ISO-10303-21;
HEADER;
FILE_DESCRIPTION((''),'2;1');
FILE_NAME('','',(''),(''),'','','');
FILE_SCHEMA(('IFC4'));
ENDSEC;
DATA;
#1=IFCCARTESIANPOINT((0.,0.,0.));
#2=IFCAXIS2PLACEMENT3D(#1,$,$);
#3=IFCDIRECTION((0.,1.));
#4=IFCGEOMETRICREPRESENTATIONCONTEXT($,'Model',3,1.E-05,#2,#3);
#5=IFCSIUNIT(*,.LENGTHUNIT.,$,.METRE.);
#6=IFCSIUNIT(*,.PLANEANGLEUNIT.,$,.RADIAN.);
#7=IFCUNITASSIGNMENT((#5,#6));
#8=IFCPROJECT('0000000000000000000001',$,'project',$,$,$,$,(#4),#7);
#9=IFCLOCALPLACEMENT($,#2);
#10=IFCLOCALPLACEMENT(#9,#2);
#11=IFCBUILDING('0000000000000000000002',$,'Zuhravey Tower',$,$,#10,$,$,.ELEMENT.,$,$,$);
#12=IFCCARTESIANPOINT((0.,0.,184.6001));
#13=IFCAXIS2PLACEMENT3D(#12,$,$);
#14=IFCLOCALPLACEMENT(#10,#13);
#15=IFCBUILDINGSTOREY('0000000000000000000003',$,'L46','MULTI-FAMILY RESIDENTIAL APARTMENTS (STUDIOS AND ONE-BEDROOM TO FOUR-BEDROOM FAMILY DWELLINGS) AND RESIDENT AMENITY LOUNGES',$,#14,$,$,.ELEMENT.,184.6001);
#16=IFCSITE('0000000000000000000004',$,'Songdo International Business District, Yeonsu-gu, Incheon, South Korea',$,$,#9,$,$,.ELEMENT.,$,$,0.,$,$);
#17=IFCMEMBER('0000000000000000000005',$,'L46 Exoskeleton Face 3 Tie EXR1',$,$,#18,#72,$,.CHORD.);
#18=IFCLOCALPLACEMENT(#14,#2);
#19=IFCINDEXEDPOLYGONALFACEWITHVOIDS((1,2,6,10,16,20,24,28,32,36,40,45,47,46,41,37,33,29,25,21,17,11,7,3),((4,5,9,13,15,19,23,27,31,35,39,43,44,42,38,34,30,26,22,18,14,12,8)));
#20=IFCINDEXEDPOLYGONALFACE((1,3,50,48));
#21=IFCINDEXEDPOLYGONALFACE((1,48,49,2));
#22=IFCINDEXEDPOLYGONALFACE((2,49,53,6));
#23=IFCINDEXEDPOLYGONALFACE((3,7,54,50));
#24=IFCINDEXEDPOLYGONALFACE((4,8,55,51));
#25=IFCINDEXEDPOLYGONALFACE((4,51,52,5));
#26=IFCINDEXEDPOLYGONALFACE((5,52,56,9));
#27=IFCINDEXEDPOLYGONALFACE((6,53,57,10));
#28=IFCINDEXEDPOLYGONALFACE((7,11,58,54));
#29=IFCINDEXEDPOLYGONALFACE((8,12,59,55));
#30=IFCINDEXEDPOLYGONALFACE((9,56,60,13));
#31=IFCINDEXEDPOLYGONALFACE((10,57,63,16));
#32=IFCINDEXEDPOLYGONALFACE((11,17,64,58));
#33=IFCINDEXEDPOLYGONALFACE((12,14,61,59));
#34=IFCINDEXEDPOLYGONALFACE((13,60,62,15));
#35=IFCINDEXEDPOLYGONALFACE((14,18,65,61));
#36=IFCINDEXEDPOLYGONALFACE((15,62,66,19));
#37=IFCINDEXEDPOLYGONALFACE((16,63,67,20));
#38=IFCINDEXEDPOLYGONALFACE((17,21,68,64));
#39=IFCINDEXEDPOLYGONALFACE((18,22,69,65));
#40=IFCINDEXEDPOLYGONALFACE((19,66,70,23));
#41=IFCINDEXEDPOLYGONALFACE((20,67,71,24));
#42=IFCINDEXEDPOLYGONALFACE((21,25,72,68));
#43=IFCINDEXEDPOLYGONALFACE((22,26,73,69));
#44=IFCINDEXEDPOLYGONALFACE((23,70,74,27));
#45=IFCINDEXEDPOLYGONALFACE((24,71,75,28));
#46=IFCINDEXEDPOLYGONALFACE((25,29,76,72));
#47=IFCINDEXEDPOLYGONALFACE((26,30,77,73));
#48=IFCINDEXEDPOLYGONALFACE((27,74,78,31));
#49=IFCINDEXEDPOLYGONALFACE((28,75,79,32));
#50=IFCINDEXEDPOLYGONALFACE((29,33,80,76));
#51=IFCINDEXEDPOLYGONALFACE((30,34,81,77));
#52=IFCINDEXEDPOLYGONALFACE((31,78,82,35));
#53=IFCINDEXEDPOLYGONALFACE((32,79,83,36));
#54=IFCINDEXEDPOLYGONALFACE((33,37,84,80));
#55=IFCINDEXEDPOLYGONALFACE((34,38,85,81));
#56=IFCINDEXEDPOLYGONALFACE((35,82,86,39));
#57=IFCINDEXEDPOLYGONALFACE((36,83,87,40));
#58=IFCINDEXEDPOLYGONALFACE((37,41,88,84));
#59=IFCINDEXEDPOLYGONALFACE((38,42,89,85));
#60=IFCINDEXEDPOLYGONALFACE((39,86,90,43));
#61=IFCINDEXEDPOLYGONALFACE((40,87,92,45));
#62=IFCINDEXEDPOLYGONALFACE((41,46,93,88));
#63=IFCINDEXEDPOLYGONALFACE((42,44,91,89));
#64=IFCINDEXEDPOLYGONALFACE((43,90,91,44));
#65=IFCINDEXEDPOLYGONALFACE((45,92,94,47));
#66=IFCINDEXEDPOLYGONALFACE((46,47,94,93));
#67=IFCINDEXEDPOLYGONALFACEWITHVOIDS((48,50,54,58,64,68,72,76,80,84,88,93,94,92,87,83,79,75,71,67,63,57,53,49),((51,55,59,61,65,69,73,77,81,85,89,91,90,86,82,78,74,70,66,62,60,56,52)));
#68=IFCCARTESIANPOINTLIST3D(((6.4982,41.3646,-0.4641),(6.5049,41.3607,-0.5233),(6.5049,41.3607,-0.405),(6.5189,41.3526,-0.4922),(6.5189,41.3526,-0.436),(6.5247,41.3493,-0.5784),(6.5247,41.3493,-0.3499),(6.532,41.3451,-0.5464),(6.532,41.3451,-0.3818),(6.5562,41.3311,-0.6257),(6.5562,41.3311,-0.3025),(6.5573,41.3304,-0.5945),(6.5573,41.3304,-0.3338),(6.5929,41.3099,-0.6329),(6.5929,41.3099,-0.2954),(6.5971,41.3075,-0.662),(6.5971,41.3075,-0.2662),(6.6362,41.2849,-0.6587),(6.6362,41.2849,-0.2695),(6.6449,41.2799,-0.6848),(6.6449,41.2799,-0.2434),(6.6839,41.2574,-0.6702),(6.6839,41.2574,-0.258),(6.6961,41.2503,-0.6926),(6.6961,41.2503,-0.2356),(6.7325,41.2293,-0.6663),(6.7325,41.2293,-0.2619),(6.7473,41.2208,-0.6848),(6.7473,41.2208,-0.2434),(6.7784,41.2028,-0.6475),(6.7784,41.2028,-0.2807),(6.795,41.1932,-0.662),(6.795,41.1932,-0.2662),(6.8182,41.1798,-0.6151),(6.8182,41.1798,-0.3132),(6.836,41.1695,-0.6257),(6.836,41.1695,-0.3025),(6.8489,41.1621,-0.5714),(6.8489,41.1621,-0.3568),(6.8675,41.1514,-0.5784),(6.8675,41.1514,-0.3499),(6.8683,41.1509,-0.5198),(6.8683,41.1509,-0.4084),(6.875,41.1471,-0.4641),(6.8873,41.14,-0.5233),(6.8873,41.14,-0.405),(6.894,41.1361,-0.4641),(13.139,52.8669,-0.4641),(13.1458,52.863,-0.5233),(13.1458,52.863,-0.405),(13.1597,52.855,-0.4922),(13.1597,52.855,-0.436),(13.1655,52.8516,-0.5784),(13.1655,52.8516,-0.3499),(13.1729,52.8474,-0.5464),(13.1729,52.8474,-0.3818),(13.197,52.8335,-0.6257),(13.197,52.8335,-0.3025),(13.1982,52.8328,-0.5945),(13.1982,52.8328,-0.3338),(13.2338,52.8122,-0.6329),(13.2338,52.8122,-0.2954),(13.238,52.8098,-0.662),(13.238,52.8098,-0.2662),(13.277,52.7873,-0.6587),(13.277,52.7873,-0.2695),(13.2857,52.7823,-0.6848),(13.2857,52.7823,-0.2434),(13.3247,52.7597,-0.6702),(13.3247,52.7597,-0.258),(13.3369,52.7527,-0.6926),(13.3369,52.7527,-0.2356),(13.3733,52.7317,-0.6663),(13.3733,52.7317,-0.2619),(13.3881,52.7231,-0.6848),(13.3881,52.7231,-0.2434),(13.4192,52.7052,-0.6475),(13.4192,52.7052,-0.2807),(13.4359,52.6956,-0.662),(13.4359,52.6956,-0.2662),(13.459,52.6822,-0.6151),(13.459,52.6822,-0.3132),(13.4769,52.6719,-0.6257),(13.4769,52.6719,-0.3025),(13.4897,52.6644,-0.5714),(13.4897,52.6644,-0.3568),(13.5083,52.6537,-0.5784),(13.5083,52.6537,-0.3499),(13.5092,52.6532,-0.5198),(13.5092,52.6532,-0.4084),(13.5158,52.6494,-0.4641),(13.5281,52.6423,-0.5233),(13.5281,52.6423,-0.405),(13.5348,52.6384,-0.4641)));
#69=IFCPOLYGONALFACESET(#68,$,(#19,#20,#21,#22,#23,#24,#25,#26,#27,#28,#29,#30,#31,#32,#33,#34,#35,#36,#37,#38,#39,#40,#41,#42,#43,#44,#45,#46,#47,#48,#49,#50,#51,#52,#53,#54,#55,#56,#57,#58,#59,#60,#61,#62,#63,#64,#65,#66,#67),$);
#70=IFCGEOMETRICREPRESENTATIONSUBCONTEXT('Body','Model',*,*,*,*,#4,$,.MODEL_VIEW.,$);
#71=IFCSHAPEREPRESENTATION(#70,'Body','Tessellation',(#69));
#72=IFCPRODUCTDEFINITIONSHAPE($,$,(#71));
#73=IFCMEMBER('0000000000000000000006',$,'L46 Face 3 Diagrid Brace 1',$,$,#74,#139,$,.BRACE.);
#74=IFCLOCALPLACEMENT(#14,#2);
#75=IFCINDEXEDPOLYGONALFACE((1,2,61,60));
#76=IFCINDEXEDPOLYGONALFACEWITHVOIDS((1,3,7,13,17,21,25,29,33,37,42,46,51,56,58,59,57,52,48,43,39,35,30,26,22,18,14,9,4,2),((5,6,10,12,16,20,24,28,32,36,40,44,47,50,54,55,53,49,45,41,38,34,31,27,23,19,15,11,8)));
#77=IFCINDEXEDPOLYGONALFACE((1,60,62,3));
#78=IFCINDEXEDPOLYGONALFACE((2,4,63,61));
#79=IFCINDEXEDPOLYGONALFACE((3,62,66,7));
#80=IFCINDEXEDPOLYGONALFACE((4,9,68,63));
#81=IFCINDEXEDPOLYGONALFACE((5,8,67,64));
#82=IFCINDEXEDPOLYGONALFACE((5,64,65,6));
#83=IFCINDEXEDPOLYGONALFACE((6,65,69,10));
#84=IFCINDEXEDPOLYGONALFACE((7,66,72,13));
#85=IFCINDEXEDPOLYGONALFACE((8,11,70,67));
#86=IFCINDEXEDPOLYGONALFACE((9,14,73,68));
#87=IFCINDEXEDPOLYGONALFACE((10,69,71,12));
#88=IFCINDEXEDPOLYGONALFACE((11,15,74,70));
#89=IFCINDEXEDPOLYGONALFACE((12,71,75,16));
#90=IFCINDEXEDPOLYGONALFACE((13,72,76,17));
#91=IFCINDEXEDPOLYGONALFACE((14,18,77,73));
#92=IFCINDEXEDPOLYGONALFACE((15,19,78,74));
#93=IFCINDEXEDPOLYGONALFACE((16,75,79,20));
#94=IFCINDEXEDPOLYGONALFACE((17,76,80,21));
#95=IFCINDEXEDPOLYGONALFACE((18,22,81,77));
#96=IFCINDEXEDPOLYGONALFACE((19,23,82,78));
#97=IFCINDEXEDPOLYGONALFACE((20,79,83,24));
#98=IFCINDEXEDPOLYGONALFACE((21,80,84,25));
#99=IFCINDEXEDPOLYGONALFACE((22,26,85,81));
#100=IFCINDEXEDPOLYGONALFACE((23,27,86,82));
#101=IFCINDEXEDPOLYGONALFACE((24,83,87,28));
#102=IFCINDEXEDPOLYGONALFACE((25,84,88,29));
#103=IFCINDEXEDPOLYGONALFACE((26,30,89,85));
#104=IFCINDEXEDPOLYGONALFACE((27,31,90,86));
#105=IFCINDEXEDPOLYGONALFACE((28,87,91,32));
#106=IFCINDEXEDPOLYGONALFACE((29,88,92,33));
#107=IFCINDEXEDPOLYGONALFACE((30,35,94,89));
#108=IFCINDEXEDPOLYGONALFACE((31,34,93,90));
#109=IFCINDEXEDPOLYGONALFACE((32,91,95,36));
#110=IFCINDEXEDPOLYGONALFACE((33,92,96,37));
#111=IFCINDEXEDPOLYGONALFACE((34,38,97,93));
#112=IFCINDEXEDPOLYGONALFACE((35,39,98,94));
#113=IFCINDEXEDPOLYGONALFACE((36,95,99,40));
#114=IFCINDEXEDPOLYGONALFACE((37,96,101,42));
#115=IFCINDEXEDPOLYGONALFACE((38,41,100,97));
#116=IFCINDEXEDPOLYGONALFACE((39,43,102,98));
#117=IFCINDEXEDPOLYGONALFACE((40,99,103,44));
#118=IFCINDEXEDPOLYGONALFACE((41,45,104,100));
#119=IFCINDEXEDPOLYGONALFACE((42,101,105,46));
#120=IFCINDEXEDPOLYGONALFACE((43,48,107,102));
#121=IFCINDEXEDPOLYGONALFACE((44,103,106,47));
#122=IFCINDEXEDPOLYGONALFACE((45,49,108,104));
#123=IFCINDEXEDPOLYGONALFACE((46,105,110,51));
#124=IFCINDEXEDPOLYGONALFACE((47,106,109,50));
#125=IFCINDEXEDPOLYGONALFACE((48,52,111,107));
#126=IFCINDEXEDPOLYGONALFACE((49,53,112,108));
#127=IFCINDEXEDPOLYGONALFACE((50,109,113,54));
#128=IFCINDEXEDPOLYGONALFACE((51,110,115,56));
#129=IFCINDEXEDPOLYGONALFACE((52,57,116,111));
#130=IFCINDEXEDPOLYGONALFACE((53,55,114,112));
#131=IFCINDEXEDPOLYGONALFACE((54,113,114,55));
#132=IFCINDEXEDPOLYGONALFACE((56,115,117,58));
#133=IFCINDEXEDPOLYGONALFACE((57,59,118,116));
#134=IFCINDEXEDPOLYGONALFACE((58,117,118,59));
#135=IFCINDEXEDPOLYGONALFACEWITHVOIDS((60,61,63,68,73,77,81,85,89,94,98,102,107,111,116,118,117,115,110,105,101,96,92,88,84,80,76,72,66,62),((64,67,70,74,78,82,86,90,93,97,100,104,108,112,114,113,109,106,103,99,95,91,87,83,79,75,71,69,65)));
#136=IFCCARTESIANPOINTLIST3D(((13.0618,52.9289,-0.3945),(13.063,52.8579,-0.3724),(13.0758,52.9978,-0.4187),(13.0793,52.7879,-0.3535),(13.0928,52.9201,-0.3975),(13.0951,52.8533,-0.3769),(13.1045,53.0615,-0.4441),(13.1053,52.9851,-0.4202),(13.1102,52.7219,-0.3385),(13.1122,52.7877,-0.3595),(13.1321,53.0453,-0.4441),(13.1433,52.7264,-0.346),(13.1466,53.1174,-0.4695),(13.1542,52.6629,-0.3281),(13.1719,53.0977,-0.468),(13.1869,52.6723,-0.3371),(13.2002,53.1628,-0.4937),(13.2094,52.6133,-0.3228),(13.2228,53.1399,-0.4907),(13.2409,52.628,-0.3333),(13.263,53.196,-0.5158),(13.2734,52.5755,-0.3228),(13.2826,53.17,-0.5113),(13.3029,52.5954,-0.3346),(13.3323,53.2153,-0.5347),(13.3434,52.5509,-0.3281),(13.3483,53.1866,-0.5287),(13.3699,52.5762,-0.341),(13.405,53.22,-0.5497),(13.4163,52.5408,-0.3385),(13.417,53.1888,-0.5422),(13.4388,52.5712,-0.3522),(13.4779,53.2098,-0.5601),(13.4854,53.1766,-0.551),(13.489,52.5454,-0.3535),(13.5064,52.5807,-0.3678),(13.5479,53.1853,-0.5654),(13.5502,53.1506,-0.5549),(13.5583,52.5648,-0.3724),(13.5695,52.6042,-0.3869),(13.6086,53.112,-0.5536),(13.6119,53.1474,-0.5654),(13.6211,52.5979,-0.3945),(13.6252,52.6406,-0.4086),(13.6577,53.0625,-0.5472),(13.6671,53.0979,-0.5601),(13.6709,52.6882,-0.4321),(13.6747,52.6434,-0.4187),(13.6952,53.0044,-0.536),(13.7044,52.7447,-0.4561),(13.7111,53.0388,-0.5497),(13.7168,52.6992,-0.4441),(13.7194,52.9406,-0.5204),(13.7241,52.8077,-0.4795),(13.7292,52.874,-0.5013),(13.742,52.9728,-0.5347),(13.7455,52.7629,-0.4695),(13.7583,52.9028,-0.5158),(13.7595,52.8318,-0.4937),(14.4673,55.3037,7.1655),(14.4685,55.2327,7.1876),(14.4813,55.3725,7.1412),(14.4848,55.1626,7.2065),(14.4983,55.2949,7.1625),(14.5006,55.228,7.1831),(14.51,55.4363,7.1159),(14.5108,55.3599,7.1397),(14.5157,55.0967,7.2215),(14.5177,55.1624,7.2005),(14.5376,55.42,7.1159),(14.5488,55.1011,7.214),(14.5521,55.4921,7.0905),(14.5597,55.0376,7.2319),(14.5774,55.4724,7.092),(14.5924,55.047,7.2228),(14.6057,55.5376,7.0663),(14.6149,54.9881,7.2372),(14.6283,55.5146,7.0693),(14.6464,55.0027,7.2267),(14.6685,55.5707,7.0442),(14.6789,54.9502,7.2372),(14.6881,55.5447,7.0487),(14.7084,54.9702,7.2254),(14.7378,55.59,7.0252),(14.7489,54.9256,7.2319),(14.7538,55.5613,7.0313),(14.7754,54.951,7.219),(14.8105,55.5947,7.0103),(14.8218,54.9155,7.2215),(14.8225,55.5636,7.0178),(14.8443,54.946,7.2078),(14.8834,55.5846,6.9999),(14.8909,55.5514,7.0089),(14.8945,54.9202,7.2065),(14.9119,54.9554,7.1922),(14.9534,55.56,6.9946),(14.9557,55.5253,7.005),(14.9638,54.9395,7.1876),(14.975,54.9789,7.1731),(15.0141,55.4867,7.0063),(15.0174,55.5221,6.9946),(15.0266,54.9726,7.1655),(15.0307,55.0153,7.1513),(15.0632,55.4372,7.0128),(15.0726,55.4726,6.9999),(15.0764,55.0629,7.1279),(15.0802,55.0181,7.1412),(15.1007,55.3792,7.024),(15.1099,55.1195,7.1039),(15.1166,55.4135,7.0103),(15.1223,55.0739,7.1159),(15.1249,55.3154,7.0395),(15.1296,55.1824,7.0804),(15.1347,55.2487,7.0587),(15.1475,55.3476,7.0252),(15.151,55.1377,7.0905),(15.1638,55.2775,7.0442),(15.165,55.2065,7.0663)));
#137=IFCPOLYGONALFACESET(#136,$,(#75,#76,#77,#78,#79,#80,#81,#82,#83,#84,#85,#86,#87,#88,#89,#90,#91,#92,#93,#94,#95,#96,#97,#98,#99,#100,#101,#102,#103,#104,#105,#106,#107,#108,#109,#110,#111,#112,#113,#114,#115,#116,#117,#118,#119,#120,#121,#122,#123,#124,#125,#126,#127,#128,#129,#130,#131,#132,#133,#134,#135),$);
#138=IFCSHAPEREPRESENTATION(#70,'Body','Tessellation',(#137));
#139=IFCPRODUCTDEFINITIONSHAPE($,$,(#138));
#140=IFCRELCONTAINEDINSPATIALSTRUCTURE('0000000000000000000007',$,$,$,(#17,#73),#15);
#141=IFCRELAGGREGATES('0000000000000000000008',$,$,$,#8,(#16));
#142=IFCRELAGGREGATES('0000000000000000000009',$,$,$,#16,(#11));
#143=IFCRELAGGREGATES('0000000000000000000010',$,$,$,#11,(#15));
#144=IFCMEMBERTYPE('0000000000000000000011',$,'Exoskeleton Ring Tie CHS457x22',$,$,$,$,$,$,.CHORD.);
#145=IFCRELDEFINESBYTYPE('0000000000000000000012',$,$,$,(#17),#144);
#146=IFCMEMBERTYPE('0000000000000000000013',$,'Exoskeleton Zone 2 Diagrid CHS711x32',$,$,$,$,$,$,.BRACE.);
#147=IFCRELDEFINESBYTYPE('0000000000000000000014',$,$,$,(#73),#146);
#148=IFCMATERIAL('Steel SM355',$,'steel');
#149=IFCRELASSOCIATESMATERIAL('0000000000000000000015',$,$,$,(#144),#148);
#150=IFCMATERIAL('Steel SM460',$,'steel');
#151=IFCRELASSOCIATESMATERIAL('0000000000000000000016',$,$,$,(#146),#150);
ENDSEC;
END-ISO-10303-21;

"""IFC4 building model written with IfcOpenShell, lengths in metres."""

from ifc_helpers import new_model, si_unit, direction, frame, origin, origin_2d, place, context, subcontext, project, spatial, hollow_circle, extrude, material, material_profile, profile_set, type_object, element, save


model = new_model("IFC4")

# Units and contexts
model_context = context("Model", 3, precision=1e-05, world=origin(), true_north=direction((0.0, 1.0)))
body_context = subcontext(model_context, "Body", "Model", "MODEL_VIEW")
ifc_project = project(units=[si_unit("LENGTHUNIT", "METRE"), si_unit("PLANEANGLEUNIT", "RADIAN")], contexts=[model_context])

# Site, building, storey
site_placement = place(None, origin())
site = spatial("IfcSite", under=ifc_project, at=site_placement, Name="Songdo International Business District, Yeonsu-gu, Incheon, South Korea", CompositionType="ELEMENT", RefElevation=0.0)
building_placement = place(site_placement, origin())
building = spatial("IfcBuilding", under=site, at=building_placement, Name="Zuhravey Tower", CompositionType="ELEMENT")
storey_placement = place(building_placement, frame((0.0, 0.0, 184.6001)))
storey = spatial("IfcBuildingStorey", under=building, at=storey_placement, Name="L46", Description="MULTI-FAMILY RESIDENTIAL APARTMENTS (STUDIOS AND ONE-BEDROOM TO FOUR-BEDROOM FAMILY DWELLINGS) AND RESIDENT AMENITY LOUNGES", CompositionType="ELEMENT", Elevation=184.6001)

# Members
ifc_material_1 = material(Name="Steel SM355", Category="steel")
ifc_material_profile_1 = material_profile(ifc_material_1, hollow_circle(Radius=0.2285, WallThickness=0.022, at=origin_2d()), Name="CHS-457.2x22")
ifc_profile_set_1 = profile_set([ifc_material_profile_1], Name="Steel SM355")
member_type_1 = type_object("IfcMemberType", Name="Exoskeleton Ring Tie CHS457x22", PredefinedType="CHORD", material=ifc_profile_set_1)
member_1_placement = place(storey_placement, frame((13.3369, 52.7527, -0.4641), z_axis=(-0.499996, -0.866028, 0.0), x_axis=(0.866028, -0.499996, 0.0)))
element("IfcMember", 1, at=member_1_placement, inside=storey, type_object=member_type_1, Name="L46 Exoskeleton Face 3 Tie EXR1", PredefinedType="CHORD", context=body_context, shape_type="SweptSolid", body=[
    extrude(hollow_circle(Radius=0.2285, WallThickness=0.022, at=origin_2d()), origin(), (0.0, 0.0, 1.0), 13.2817),
])
ifc_material_2 = material(Name="Steel SM460", Category="steel")
ifc_material_profile_2 = material_profile(ifc_material_2, hollow_circle(Radius=0.3557, WallThickness=0.032, at=origin_2d()), Name="CHS-711.2x32")
ifc_profile_set_2 = profile_set([ifc_material_profile_2], Name="Steel SM460")
member_type_2 = type_object("IfcMemberType", Name="Exoskeleton Zone 2 Diagrid CHS711x32", PredefinedType="BRACE", material=ifc_profile_set_2)
member_2_placement = place(storey_placement, frame((13.4106, 52.8804, -0.4441), z_axis=(0.174643, 0.295076, 0.939377), x_axis=(-0.860569, 0.509334, 0.0)))
element("IfcMember", 2, at=member_2_placement, inside=storey, type_object=member_type_2, Name="L46 Face 3 Diagrid Brace 1", PredefinedType="BRACE", context=body_context, shape_type="SweptSolid", body=[
    extrude(hollow_circle(Radius=0.3557, WallThickness=0.032, at=origin_2d()), origin(), (0.0, 0.0, 1.0), 8.0479),
])

save(model, "model.ifc")
